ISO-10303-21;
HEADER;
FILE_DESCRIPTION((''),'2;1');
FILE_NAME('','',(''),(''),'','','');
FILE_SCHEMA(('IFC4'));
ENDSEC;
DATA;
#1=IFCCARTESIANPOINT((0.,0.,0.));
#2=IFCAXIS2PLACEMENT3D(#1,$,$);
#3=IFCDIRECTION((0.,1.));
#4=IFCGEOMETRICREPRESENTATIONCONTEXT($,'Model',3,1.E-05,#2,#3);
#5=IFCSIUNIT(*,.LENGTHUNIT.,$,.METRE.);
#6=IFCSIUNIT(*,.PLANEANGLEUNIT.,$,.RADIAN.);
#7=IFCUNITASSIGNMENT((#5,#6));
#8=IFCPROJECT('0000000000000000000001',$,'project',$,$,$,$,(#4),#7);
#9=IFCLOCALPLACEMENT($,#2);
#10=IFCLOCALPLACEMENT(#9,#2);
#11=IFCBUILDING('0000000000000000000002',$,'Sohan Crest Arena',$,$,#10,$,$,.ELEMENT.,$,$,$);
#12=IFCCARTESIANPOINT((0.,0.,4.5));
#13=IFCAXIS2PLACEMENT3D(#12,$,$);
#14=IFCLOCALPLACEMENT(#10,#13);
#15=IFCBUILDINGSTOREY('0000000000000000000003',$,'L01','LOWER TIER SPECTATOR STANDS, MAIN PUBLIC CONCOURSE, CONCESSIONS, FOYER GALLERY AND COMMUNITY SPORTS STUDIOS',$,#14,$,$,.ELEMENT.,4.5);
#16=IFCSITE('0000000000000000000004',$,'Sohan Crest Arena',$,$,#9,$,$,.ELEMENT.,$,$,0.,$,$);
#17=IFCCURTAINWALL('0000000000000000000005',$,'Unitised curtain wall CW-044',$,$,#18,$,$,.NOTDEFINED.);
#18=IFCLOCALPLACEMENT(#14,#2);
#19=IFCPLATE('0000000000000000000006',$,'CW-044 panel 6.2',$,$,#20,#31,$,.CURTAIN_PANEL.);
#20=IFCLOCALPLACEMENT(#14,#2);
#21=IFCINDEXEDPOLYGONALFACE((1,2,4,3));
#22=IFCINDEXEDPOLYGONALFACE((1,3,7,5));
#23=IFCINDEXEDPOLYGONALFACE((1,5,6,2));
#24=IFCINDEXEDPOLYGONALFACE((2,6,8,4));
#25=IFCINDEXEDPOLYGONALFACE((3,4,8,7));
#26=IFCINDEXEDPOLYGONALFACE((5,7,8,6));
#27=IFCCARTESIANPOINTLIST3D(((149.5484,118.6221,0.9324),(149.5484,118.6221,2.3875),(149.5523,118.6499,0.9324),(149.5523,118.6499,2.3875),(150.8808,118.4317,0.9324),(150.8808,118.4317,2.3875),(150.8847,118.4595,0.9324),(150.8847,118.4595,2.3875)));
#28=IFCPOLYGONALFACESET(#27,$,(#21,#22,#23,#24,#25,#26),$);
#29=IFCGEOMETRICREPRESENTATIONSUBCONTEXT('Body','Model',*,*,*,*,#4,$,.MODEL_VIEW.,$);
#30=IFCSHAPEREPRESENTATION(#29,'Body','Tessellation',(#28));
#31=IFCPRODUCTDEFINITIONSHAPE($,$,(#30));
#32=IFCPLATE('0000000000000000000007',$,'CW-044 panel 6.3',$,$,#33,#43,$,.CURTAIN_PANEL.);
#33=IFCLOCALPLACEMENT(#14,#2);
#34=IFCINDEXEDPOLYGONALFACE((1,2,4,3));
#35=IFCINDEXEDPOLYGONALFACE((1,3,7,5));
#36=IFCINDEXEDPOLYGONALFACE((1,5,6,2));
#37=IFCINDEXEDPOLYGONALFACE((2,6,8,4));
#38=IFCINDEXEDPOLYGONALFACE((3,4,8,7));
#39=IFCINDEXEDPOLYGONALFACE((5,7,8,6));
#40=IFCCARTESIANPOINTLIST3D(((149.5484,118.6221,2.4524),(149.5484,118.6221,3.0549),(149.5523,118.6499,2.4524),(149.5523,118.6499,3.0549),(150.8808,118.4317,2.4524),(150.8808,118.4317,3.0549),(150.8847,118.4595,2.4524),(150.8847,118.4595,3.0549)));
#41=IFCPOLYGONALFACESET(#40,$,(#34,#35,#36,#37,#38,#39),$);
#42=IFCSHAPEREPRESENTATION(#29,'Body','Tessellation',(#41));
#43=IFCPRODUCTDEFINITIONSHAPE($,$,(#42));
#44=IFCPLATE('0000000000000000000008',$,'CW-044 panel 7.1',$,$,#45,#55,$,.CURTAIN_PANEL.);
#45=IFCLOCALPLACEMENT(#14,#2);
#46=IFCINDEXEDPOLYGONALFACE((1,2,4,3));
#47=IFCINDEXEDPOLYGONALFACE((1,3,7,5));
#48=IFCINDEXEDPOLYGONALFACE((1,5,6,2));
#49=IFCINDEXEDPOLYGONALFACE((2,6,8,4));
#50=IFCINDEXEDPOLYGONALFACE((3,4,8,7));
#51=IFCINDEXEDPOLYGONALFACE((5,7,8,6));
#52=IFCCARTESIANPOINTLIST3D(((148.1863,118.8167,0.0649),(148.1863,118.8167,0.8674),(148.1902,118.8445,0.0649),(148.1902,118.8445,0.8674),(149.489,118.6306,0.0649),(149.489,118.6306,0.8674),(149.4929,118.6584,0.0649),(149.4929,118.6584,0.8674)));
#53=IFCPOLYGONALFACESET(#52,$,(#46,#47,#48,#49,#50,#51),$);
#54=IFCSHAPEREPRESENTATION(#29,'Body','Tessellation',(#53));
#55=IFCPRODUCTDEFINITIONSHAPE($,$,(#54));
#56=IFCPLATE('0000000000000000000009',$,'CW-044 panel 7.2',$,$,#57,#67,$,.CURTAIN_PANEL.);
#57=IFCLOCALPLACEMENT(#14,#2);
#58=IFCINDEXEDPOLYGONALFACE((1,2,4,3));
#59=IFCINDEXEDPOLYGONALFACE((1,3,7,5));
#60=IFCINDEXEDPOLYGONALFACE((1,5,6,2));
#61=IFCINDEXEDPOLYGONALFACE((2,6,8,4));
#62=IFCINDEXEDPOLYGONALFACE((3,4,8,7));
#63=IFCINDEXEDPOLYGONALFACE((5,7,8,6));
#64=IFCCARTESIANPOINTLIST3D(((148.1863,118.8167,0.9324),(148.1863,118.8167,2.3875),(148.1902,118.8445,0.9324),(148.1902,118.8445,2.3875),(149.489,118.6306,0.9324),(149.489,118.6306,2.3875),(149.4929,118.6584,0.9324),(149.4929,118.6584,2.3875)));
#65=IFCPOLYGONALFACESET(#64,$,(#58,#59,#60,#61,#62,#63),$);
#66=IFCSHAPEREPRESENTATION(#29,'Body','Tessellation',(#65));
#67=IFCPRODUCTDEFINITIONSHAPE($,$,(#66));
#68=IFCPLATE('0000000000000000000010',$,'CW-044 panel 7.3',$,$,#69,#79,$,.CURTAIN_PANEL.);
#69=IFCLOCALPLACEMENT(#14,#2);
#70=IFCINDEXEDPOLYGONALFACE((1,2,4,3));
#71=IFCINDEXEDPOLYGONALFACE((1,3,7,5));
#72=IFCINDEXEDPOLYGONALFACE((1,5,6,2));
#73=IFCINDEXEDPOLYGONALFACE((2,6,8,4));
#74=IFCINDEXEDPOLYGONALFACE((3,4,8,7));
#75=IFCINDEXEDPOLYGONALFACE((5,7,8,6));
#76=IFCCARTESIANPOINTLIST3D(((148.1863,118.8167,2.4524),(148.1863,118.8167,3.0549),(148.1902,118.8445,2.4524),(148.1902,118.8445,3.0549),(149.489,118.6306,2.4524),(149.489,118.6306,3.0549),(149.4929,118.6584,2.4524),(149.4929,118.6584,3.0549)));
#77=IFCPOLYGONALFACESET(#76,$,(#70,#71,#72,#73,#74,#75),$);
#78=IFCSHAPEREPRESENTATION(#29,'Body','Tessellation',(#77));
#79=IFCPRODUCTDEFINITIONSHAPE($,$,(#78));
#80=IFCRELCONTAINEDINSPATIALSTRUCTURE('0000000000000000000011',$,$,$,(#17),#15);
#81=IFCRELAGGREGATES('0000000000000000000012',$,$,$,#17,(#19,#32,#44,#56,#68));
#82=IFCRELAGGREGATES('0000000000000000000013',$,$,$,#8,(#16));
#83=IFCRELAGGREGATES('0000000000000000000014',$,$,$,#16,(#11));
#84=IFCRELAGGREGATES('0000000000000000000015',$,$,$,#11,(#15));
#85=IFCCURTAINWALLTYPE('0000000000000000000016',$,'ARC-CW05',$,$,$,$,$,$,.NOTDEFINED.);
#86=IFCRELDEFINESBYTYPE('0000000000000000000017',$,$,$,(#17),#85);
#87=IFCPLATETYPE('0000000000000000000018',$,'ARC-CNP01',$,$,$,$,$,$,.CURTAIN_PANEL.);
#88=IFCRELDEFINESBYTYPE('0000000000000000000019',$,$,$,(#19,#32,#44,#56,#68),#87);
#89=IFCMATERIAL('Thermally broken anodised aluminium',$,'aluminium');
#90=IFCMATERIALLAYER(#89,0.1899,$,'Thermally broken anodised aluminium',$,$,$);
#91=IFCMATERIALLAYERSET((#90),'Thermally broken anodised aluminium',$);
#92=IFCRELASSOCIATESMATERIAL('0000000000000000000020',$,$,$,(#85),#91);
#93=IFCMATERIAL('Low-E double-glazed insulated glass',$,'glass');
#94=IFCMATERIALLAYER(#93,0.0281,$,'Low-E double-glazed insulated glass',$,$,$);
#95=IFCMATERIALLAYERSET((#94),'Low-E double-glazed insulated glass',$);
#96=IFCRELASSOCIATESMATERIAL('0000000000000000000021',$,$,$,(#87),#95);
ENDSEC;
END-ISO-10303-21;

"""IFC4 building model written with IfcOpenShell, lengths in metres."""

from ifc_helpers import new_model, si_unit, direction, frame, origin, origin_2d, place, context, subcontext, project, spatial, rectangle, extrude, material, layer, layer_set, type_object, element, aggregate, save


model = new_model("IFC4")

# Units and contexts
model_context = context("Model", 3, precision=1e-05, world=origin(), true_north=direction((0.0, 1.0)))
body_context = subcontext(model_context, "Body", "Model", "MODEL_VIEW")
ifc_project = project(units=[si_unit("LENGTHUNIT", "METRE"), si_unit("PLANEANGLEUNIT", "RADIAN")], contexts=[model_context])

# Site, building, storey
site_placement = place(None, origin())
site = spatial("IfcSite", under=ifc_project, at=site_placement, Name="Sohan Crest Arena", CompositionType="ELEMENT", RefElevation=0.0)
building_placement = place(site_placement, origin())
building = spatial("IfcBuilding", under=site, at=building_placement, Name="Sohan Crest Arena", CompositionType="ELEMENT")
storey_placement = place(building_placement, frame((0.0, 0.0, 4.5)))
storey = spatial("IfcBuildingStorey", under=building, at=storey_placement, Name="L01", Description="LOWER TIER SPECTATOR STANDS, MAIN PUBLIC CONCOURSE, CONCESSIONS, FOYER GALLERY AND COMMUNITY SPORTS STUDIOS", CompositionType="ELEMENT", Elevation=4.5)

# Curtain wall, plates
ifc_material_1 = material(Name="Thermally broken anodised aluminium", Category="aluminium")
ifc_layer_1 = layer(ifc_material_1, 0.1899, Name="Thermally broken anodised aluminium")
ifc_layer_set_1 = layer_set([ifc_layer_1], Name="Thermally broken anodised aluminium")
curtain_wall_type = type_object("IfcCurtainWallType", Name="ARC-CW05", PredefinedType="NOTDEFINED", material=ifc_layer_set_1)
curtain_wall_placement = place(storey_placement, origin())
curtain_wall = element("IfcCurtainWall", 1, at=curtain_wall_placement, inside=storey, type_object=curtain_wall_type, Name="Unitised curtain wall CW-044", PredefinedType="NOTDEFINED")
ifc_material_2 = material(Name="Low-E double-glazed insulated glass", Category="glass")
ifc_layer_2 = layer(ifc_material_2, 0.0281, Name="Low-E double-glazed insulated glass")
ifc_layer_set_2 = layer_set([ifc_layer_2], Name="Low-E double-glazed insulated glass")
plate_type = type_object("IfcPlateType", Name="ARC-CNP01", PredefinedType="CURTAIN_PANEL", material=ifc_layer_set_2)
plate_1_placement = place(storey_placement, frame((150.2166, 118.5408, 0.9324), z_axis=(0.0, 0.0, 1.0), x_axis=(-0.989945, 0.14145, 0.0)))
plate_1 = element("IfcPlate", 2, at=plate_1_placement, type_object=plate_type, Name="CW-044 panel 6.2", PredefinedType="CURTAIN_PANEL", context=body_context, shape_type="SweptSolid", body=[
    extrude(rectangle(XDim=1.3459, YDim=0.0281, at=origin_2d()), origin(), (0.0, 0.0, 1.0), 1.4551),
])
plate_2_placement = place(storey_placement, frame((150.2166, 118.5408, 2.4524), z_axis=(0.0, 0.0, 1.0), x_axis=(-0.989945, 0.14145, 0.0)))
plate_2 = element("IfcPlate", 3, at=plate_2_placement, type_object=plate_type, Name="CW-044 panel 6.3", PredefinedType="CURTAIN_PANEL", context=body_context, shape_type="SweptSolid", body=[
    extrude(rectangle(XDim=1.3459, YDim=0.0281, at=origin_2d()), origin(), (0.0, 0.0, 1.0), 0.6025),
])
plate_3_placement = place(storey_placement, frame((148.8396, 118.7375, 0.0649), z_axis=(0.0, 0.0, 1.0), x_axis=(-0.989945, 0.14145, 0.0)))
plate_3 = element("IfcPlate", 4, at=plate_3_placement, type_object=plate_type, Name="CW-044 panel 7.1", PredefinedType="CURTAIN_PANEL", context=body_context, shape_type="SweptSolid", body=[
    extrude(rectangle(XDim=1.3159, YDim=0.0281, at=origin_2d()), origin(), (0.0, 0.0, 1.0), 0.8025),
])
plate_4_placement = place(storey_placement, frame((148.8396, 118.7375, 0.9324), z_axis=(0.0, 0.0, 1.0), x_axis=(-0.989945, 0.14145, 0.0)))
plate_4 = element("IfcPlate", 5, at=plate_4_placement, type_object=plate_type, Name="CW-044 panel 7.2", PredefinedType="CURTAIN_PANEL", context=body_context, shape_type="SweptSolid", body=[
    extrude(rectangle(XDim=1.3159, YDim=0.0281, at=origin_2d()), origin(), (0.0, 0.0, 1.0), 1.4551),
])
plate_5_placement = place(storey_placement, frame((148.8396, 118.7375, 2.4524), z_axis=(0.0, 0.0, 1.0), x_axis=(-0.989945, 0.14145, 0.0)))
plate_5 = element("IfcPlate", 6, at=plate_5_placement, type_object=plate_type, Name="CW-044 panel 7.3", PredefinedType="CURTAIN_PANEL", context=body_context, shape_type="SweptSolid", body=[
    extrude(rectangle(XDim=1.3159, YDim=0.0281, at=origin_2d()), origin(), (0.0, 0.0, 1.0), 0.6025),
])
aggregate(curtain_wall, [plate_1, plate_2, plate_3, plate_4, plate_5])

save(model, "model.ifc")
